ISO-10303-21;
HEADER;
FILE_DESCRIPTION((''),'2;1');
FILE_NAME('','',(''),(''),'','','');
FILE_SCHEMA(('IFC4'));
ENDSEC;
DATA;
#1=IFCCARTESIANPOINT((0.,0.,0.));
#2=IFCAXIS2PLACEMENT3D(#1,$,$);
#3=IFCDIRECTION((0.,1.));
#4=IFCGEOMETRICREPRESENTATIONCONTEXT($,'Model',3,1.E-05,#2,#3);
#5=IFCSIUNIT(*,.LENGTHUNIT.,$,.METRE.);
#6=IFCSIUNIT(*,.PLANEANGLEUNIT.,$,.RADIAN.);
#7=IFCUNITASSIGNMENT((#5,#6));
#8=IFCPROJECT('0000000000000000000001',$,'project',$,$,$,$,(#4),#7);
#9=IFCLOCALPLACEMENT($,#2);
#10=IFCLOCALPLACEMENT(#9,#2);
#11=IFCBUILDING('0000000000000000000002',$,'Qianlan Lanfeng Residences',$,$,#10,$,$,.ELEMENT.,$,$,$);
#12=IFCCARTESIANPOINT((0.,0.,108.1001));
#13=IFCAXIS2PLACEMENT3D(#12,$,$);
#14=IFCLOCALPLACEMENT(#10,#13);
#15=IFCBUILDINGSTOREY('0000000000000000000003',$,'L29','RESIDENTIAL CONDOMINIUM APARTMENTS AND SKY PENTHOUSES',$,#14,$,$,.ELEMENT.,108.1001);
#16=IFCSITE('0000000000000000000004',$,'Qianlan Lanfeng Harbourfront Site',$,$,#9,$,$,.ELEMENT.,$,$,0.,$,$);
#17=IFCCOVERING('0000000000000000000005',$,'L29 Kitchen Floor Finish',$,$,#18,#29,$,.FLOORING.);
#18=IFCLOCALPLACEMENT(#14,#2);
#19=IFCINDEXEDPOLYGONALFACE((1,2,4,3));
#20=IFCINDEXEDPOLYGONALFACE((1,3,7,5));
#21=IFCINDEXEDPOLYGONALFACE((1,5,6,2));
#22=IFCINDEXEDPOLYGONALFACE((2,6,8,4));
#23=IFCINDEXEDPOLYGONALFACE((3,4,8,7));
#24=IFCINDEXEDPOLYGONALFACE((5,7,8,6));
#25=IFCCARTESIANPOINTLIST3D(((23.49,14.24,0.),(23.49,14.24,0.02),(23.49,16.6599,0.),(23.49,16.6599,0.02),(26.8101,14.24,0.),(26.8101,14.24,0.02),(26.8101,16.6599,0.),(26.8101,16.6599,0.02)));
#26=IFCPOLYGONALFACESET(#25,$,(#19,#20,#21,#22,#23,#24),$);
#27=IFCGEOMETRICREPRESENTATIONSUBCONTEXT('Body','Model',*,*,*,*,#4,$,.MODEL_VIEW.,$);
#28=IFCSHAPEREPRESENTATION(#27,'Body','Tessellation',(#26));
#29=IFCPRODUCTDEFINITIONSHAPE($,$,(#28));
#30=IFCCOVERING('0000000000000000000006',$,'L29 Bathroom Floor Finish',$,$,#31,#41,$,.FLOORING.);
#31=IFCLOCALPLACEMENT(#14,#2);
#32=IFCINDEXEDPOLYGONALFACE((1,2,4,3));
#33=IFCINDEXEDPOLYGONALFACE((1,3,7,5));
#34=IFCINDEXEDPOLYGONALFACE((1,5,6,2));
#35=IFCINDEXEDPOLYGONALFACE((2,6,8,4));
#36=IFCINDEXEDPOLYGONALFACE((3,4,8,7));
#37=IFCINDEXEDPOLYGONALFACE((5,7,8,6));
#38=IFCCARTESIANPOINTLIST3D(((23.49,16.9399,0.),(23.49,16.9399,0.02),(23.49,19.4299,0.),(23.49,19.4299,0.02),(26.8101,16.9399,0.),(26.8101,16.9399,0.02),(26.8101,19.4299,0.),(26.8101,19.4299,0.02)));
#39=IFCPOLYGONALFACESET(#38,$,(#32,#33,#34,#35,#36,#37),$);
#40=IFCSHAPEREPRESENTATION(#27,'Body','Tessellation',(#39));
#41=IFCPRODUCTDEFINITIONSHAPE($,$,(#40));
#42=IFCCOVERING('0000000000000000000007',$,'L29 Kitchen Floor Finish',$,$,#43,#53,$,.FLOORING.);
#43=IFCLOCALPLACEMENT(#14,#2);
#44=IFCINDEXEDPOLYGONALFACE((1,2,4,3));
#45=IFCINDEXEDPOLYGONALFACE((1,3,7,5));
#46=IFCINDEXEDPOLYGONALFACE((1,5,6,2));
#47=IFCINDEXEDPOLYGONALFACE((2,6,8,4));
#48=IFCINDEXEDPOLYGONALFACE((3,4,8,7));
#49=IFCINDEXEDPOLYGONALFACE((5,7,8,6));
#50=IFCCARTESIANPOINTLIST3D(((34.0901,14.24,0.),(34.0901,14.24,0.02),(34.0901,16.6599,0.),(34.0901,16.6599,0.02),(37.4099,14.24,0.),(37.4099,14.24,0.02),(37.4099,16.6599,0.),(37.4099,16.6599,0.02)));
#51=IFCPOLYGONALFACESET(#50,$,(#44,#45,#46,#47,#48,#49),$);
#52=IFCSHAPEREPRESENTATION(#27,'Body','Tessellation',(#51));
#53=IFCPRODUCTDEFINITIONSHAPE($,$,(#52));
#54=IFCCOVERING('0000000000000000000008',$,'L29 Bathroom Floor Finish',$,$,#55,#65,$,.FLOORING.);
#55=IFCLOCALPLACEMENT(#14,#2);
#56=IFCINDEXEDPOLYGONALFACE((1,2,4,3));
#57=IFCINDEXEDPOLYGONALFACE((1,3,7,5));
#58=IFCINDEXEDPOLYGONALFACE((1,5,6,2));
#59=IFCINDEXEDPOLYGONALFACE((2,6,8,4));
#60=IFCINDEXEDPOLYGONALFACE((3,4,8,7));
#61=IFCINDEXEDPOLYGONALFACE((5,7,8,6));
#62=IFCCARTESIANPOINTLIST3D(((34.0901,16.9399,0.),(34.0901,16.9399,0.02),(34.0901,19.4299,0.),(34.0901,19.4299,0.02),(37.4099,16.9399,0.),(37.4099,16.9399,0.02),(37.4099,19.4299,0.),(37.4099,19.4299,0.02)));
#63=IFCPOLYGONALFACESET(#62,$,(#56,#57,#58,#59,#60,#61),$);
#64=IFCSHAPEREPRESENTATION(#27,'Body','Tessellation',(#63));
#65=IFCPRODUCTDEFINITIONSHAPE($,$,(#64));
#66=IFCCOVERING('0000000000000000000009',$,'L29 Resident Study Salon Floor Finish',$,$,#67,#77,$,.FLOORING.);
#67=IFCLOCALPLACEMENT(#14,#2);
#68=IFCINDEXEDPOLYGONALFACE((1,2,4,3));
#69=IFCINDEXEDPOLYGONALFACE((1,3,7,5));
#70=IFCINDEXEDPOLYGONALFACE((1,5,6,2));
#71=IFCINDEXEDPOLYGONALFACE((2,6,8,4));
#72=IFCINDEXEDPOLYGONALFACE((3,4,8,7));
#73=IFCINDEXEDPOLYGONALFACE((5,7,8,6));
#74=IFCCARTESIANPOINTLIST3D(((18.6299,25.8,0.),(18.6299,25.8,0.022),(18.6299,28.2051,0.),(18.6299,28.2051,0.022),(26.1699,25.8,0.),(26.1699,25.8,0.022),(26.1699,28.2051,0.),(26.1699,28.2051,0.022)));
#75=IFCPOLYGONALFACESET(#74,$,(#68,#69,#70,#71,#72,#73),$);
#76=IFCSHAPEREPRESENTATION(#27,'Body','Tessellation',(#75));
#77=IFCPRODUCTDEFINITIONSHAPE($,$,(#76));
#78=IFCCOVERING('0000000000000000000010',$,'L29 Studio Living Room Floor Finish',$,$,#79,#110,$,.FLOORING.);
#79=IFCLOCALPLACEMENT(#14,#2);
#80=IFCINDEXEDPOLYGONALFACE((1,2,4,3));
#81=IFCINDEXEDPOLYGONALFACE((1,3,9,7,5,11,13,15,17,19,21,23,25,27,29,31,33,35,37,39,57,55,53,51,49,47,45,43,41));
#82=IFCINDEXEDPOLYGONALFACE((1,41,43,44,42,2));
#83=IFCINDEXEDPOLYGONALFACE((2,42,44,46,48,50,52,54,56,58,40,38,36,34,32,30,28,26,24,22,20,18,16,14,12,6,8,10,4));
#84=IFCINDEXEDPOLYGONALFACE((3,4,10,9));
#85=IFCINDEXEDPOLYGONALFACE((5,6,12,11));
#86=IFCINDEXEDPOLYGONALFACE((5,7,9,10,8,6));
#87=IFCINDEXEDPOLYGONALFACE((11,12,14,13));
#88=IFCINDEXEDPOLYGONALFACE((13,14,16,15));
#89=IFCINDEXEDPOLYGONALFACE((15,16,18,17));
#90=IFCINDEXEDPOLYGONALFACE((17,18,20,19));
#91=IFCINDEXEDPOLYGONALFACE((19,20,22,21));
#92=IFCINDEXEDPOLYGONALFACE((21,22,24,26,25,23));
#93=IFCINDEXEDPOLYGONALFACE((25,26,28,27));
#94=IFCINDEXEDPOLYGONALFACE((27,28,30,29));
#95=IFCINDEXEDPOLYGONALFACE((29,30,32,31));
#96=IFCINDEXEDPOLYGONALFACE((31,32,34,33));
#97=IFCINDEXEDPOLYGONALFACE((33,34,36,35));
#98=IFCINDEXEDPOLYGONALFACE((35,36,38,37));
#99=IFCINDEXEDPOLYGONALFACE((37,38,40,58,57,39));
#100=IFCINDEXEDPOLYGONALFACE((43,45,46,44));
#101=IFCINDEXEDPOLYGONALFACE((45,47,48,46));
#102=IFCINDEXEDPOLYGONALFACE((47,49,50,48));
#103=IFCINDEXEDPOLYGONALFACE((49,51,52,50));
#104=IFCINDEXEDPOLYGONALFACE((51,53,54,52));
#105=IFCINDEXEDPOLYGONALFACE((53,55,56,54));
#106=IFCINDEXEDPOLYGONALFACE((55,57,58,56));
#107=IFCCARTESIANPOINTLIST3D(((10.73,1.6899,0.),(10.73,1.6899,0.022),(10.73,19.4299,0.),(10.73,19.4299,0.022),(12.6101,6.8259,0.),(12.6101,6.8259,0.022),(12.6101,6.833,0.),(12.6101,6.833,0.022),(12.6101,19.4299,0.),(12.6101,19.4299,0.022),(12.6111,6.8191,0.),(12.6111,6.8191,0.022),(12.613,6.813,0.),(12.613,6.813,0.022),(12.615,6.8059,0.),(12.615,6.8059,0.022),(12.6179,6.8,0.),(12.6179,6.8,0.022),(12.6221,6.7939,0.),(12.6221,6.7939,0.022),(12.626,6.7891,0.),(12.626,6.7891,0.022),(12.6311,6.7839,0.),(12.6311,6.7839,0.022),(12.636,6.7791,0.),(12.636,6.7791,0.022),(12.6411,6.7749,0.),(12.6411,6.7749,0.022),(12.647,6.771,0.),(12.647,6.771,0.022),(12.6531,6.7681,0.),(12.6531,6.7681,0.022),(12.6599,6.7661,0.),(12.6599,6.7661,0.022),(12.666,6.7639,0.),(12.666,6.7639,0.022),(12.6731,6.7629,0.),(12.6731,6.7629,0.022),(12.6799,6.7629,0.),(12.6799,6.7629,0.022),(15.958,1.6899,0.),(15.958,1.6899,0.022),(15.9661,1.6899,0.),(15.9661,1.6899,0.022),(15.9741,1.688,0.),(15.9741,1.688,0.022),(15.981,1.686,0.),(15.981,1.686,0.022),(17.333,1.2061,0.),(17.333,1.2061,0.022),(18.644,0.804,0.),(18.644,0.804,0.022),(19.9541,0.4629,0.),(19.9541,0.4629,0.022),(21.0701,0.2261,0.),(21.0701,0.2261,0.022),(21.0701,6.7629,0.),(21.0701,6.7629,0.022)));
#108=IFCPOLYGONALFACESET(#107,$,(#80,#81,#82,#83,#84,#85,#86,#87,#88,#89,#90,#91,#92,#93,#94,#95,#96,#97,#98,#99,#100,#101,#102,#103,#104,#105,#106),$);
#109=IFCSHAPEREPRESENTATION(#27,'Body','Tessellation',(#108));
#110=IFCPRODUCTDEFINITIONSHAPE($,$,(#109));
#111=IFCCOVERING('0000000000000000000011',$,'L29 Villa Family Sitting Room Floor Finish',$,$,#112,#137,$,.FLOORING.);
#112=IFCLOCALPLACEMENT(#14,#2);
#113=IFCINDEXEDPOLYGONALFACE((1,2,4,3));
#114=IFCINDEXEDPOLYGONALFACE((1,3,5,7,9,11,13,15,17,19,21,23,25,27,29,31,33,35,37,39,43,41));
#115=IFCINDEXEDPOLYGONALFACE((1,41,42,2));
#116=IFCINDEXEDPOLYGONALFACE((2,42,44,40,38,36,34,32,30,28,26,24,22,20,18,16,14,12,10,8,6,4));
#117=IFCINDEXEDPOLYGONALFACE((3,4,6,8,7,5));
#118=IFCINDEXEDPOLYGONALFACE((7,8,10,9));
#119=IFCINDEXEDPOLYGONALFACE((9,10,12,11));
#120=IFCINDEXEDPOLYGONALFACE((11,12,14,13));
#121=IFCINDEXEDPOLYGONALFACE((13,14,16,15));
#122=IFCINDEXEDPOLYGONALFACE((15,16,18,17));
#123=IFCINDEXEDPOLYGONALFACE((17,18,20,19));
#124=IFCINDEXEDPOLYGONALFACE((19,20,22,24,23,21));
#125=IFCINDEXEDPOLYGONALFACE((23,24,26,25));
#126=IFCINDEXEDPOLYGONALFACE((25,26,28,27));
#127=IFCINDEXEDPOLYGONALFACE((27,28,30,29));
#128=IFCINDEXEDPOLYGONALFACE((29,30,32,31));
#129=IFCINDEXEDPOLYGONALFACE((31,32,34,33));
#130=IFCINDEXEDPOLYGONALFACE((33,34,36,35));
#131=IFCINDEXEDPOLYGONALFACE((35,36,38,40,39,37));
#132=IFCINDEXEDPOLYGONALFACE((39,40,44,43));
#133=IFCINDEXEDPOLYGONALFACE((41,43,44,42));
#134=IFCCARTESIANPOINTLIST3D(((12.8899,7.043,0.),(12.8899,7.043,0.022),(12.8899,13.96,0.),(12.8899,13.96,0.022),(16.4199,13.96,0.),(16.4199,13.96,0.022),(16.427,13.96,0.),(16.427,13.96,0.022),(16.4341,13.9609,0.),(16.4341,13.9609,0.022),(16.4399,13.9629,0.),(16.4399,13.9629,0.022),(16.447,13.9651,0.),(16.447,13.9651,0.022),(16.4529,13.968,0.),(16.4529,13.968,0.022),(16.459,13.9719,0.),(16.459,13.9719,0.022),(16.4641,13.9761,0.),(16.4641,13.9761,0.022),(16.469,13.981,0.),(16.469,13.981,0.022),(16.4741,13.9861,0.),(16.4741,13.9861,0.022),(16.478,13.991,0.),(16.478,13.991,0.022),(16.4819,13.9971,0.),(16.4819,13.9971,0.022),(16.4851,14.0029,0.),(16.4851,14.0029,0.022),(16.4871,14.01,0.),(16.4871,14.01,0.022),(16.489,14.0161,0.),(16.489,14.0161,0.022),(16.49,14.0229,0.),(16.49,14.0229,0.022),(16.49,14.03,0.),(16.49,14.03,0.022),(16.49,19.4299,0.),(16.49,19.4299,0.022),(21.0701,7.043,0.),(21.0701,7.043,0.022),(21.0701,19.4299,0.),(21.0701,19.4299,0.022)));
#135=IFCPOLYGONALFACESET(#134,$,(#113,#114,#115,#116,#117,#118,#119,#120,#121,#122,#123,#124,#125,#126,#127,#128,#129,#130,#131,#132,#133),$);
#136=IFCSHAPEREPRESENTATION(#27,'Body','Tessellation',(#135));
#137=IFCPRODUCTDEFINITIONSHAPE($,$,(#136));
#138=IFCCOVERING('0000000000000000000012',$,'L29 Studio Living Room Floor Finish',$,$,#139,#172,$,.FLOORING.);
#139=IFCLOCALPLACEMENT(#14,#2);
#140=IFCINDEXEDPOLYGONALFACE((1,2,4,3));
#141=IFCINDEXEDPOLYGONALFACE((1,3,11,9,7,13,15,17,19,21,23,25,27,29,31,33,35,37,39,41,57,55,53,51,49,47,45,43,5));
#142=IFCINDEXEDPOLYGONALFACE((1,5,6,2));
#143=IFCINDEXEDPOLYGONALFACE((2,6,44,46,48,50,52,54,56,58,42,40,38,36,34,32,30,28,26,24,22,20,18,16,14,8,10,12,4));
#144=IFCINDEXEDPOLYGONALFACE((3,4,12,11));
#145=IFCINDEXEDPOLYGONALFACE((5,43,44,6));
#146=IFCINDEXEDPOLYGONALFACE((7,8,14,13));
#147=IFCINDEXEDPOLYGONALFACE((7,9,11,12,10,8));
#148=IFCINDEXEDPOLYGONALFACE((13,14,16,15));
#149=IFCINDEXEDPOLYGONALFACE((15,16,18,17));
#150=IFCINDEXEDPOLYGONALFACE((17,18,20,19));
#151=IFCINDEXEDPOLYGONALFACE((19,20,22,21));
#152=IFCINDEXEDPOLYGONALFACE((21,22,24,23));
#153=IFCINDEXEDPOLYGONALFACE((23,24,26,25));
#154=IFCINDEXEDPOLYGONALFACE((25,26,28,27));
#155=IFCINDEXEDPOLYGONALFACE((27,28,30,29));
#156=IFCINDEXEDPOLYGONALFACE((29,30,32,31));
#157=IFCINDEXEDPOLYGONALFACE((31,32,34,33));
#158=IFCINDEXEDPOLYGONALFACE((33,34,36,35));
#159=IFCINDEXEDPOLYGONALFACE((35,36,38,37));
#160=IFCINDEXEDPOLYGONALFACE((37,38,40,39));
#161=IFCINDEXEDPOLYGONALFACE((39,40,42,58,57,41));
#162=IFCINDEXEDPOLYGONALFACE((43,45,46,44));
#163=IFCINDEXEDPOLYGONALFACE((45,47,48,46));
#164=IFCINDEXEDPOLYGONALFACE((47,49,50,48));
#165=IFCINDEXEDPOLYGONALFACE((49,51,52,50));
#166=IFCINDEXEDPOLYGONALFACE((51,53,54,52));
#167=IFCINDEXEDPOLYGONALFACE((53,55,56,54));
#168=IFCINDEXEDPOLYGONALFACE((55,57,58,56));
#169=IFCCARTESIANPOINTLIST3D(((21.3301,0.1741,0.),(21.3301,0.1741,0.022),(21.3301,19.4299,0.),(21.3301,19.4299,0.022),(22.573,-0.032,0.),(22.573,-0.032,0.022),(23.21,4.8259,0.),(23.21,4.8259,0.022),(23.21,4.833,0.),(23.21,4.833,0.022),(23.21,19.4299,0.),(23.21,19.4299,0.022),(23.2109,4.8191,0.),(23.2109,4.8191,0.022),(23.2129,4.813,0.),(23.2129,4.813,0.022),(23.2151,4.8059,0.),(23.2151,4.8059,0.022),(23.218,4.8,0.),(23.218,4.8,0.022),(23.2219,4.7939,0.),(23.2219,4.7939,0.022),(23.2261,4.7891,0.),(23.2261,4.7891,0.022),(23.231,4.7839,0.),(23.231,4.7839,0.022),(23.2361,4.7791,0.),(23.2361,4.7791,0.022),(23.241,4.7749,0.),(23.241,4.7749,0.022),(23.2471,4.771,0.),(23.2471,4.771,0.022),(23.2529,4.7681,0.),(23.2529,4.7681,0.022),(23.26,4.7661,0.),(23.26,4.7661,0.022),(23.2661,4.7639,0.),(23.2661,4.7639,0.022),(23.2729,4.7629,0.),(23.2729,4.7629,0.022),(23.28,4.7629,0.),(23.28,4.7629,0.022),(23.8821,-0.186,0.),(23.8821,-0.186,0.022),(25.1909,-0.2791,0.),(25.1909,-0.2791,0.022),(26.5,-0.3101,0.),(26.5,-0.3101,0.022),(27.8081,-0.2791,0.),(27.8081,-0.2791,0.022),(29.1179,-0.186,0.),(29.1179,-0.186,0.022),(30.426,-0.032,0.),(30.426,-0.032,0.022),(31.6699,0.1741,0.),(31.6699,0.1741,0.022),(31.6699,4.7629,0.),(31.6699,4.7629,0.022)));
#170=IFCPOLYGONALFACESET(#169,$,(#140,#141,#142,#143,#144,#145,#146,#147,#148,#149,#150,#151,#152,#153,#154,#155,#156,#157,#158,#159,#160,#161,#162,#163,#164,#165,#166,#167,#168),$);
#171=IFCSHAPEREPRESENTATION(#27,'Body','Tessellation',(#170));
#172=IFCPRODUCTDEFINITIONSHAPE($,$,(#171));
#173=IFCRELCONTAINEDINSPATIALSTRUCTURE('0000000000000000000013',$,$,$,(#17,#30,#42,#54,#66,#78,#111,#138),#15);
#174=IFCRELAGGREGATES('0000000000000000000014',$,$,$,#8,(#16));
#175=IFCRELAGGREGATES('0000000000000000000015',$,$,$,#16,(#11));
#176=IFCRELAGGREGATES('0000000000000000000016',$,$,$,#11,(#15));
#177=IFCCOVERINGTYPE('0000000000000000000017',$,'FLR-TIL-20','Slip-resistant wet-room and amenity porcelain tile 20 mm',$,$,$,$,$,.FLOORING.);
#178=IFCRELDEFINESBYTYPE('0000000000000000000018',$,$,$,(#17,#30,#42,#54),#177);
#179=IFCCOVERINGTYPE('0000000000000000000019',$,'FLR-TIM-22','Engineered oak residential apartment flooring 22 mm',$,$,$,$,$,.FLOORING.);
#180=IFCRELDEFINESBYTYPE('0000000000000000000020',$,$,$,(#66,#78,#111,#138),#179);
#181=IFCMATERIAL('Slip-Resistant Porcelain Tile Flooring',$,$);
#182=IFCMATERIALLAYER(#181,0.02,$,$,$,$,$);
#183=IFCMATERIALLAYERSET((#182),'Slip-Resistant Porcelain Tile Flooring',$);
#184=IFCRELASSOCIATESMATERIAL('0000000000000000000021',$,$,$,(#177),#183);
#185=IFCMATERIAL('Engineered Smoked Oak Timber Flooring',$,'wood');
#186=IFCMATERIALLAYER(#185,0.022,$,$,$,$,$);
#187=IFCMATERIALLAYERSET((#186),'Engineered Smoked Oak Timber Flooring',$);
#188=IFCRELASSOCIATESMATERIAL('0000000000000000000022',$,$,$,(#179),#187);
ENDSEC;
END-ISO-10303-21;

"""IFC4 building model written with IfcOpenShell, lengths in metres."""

from ifc_helpers import new_model, si_unit, direction, frame, origin, place, context, subcontext, project, spatial, polyline, outline, extrude, material, layer, layer_set, type_object, element, save


model = new_model("IFC4")

# Units and contexts
model_context = context("Model", 3, precision=1e-05, world=origin(), true_north=direction((0.0, 1.0)))
body_context = subcontext(model_context, "Body", "Model", "MODEL_VIEW")
ifc_project = project(units=[si_unit("LENGTHUNIT", "METRE"), si_unit("PLANEANGLEUNIT", "RADIAN")], contexts=[model_context])

# Site, building, storey
site_placement = place(None, origin())
site = spatial("IfcSite", under=ifc_project, at=site_placement, Name="Qianlan Lanfeng Harbourfront Site", CompositionType="ELEMENT", RefElevation=0.0)
building_placement = place(site_placement, origin())
building = spatial("IfcBuilding", under=site, at=building_placement, Name="Qianlan Lanfeng Residences", CompositionType="ELEMENT")
storey_placement = place(building_placement, frame((0.0, 0.0, 108.1001)))
storey = spatial("IfcBuildingStorey", under=building, at=storey_placement, Name="L29", Description="RESIDENTIAL CONDOMINIUM APARTMENTS AND SKY PENTHOUSES", CompositionType="ELEMENT", Elevation=108.1001)

# Coverings
ifc_material_1 = material(Name="Slip-Resistant Porcelain Tile Flooring")
ifc_layer_1 = layer(ifc_material_1, 0.02)
ifc_layer_set_1 = layer_set([ifc_layer_1], Name="Slip-Resistant Porcelain Tile Flooring")
covering_type_1 = type_object("IfcCoveringType", Name="FLR-TIL-20", Description="Slip-resistant wet-room and amenity porcelain tile 20 mm", PredefinedType="FLOORING", material=ifc_layer_set_1)
covering_1_placement = place(storey_placement, origin())
element("IfcCovering", 1, at=covering_1_placement, inside=storey, type_object=covering_type_1, Name="L29 Kitchen Floor Finish", PredefinedType="FLOORING", context=body_context, shape_type="SweptSolid", body=[
    extrude(outline(polyline([(23.49, 14.24), (26.8101, 14.24), (26.8101, 16.6599), (23.49, 16.6599), (23.49, 14.24)])), origin(), (0.0, 0.0, 1.0), 0.02),
])
covering_2_placement = place(storey_placement, origin())
element("IfcCovering", 2, at=covering_2_placement, inside=storey, type_object=covering_type_1, Name="L29 Bathroom Floor Finish", PredefinedType="FLOORING", context=body_context, shape_type="SweptSolid", body=[
    extrude(outline(polyline([(23.49, 16.9399), (26.8101, 16.9399), (26.8101, 19.4299), (23.49, 19.4299), (23.49, 16.9399)])), origin(), (0.0, 0.0, 1.0), 0.02),
])
covering_3_placement = place(storey_placement, origin())
element("IfcCovering", 3, at=covering_3_placement, inside=storey, type_object=covering_type_1, Name="L29 Kitchen Floor Finish", PredefinedType="FLOORING", context=body_context, shape_type="SweptSolid", body=[
    extrude(outline(polyline([(34.0901, 14.24), (37.4099, 14.24), (37.4099, 16.6599), (34.0901, 16.6599), (34.0901, 14.24)])), origin(), (0.0, 0.0, 1.0), 0.02),
])
covering_4_placement = place(storey_placement, origin())
element("IfcCovering", 4, at=covering_4_placement, inside=storey, type_object=covering_type_1, Name="L29 Bathroom Floor Finish", PredefinedType="FLOORING", context=body_context, shape_type="SweptSolid", body=[
    extrude(outline(polyline([(34.0901, 16.9399), (37.4099, 16.9399), (37.4099, 19.4299), (34.0901, 19.4299), (34.0901, 16.9399)])), origin(), (0.0, 0.0, 1.0), 0.02),
])
ifc_material_2 = material(Name="Engineered Smoked Oak Timber Flooring", Category="wood")
ifc_layer_2 = layer(ifc_material_2, 0.022)
ifc_layer_set_2 = layer_set([ifc_layer_2], Name="Engineered Smoked Oak Timber Flooring")
covering_type_2 = type_object("IfcCoveringType", Name="FLR-TIM-22", Description="Engineered oak residential apartment flooring 22 mm", PredefinedType="FLOORING", material=ifc_layer_set_2)
covering_5_placement = place(storey_placement, origin())
element("IfcCovering", 5, at=covering_5_placement, inside=storey, type_object=covering_type_2, Name="L29 Resident Study Salon Floor Finish", PredefinedType="FLOORING", context=body_context, shape_type="SweptSolid", body=[
    extrude(outline(polyline([(18.6299, 25.8), (26.1699, 25.8), (26.1699, 28.2051), (18.6299, 28.2051), (18.6299, 25.8)])), origin(), (0.0, 0.0, 1.0), 0.022),
])
covering_6_placement = place(storey_placement, origin())
element("IfcCovering", 6, at=covering_6_placement, inside=storey, type_object=covering_type_2, Name="L29 Studio Living Room Floor Finish", PredefinedType="FLOORING", context=body_context, shape_type="SweptSolid", body=[
    extrude(outline(polyline([(21.0701, 0.2261), (21.0701, 6.7629), (12.6799, 6.7629), (12.6731, 6.7629), (12.666, 6.7639), (12.6599, 6.7661), (12.6531, 6.7681), (12.647, 6.771), (12.6411, 6.7749), (12.636, 6.7791), (12.6311, 6.7839), (12.626, 6.7891), (12.6221, 6.7939), (12.6179, 6.8), (12.615, 6.8059), (12.613, 6.813), (12.6111, 6.8191), (12.6101, 6.8259), (12.6101, 6.833), (12.6101, 19.4299), (10.73, 19.4299), (10.73, 1.6899), (15.958, 1.6899), (15.9661, 1.6899), (15.9741, 1.688), (15.981, 1.686), (17.333, 1.2061), (18.644, 0.804), (19.9541, 0.4629), (21.0701, 0.2261)])), origin(), (0.0, 0.0, 1.0), 0.022),
])
covering_7_placement = place(storey_placement, origin())
element("IfcCovering", 7, at=covering_7_placement, inside=storey, type_object=covering_type_2, Name="L29 Villa Family Sitting Room Floor Finish", PredefinedType="FLOORING", context=body_context, shape_type="SweptSolid", body=[
    extrude(outline(polyline([(12.8899, 7.043), (21.0701, 7.043), (21.0701, 19.4299), (16.49, 19.4299), (16.49, 14.03), (16.49, 14.0229), (16.489, 14.0161), (16.4871, 14.01), (16.4851, 14.0029), (16.4819, 13.9971), (16.478, 13.991), (16.4741, 13.9861), (16.469, 13.981), (16.4641, 13.9761), (16.459, 13.9719), (16.4529, 13.968), (16.447, 13.9651), (16.4399, 13.9629), (16.4341, 13.9609), (16.427, 13.96), (16.4199, 13.96), (12.8899, 13.96), (12.8899, 7.043)])), origin(), (0.0, 0.0, 1.0), 0.022),
])
covering_8_placement = place(storey_placement, origin())
element("IfcCovering", 8, at=covering_8_placement, inside=storey, type_object=covering_type_2, Name="L29 Studio Living Room Floor Finish", PredefinedType="FLOORING", context=body_context, shape_type="SweptSolid", body=[
    extrude(outline(polyline([(31.6699, 0.1741), (31.6699, 4.7629), (23.28, 4.7629), (23.2729, 4.7629), (23.2661, 4.7639), (23.26, 4.7661), (23.2529, 4.7681), (23.2471, 4.771), (23.241, 4.7749), (23.2361, 4.7791), (23.231, 4.7839), (23.2261, 4.7891), (23.2219, 4.7939), (23.218, 4.8), (23.2151, 4.8059), (23.2129, 4.813), (23.2109, 4.8191), (23.21, 4.8259), (23.21, 4.833), (23.21, 19.4299), (21.3301, 19.4299), (21.3301, 0.1741), (22.573, -0.032), (23.8821, -0.186), (25.1909, -0.2791), (26.5, -0.3101), (27.8081, -0.2791), (29.1179, -0.186), (30.426, -0.032), (31.6699, 0.1741)])), origin(), (0.0, 0.0, 1.0), 0.022),
])

save(model, "model.ifc")
